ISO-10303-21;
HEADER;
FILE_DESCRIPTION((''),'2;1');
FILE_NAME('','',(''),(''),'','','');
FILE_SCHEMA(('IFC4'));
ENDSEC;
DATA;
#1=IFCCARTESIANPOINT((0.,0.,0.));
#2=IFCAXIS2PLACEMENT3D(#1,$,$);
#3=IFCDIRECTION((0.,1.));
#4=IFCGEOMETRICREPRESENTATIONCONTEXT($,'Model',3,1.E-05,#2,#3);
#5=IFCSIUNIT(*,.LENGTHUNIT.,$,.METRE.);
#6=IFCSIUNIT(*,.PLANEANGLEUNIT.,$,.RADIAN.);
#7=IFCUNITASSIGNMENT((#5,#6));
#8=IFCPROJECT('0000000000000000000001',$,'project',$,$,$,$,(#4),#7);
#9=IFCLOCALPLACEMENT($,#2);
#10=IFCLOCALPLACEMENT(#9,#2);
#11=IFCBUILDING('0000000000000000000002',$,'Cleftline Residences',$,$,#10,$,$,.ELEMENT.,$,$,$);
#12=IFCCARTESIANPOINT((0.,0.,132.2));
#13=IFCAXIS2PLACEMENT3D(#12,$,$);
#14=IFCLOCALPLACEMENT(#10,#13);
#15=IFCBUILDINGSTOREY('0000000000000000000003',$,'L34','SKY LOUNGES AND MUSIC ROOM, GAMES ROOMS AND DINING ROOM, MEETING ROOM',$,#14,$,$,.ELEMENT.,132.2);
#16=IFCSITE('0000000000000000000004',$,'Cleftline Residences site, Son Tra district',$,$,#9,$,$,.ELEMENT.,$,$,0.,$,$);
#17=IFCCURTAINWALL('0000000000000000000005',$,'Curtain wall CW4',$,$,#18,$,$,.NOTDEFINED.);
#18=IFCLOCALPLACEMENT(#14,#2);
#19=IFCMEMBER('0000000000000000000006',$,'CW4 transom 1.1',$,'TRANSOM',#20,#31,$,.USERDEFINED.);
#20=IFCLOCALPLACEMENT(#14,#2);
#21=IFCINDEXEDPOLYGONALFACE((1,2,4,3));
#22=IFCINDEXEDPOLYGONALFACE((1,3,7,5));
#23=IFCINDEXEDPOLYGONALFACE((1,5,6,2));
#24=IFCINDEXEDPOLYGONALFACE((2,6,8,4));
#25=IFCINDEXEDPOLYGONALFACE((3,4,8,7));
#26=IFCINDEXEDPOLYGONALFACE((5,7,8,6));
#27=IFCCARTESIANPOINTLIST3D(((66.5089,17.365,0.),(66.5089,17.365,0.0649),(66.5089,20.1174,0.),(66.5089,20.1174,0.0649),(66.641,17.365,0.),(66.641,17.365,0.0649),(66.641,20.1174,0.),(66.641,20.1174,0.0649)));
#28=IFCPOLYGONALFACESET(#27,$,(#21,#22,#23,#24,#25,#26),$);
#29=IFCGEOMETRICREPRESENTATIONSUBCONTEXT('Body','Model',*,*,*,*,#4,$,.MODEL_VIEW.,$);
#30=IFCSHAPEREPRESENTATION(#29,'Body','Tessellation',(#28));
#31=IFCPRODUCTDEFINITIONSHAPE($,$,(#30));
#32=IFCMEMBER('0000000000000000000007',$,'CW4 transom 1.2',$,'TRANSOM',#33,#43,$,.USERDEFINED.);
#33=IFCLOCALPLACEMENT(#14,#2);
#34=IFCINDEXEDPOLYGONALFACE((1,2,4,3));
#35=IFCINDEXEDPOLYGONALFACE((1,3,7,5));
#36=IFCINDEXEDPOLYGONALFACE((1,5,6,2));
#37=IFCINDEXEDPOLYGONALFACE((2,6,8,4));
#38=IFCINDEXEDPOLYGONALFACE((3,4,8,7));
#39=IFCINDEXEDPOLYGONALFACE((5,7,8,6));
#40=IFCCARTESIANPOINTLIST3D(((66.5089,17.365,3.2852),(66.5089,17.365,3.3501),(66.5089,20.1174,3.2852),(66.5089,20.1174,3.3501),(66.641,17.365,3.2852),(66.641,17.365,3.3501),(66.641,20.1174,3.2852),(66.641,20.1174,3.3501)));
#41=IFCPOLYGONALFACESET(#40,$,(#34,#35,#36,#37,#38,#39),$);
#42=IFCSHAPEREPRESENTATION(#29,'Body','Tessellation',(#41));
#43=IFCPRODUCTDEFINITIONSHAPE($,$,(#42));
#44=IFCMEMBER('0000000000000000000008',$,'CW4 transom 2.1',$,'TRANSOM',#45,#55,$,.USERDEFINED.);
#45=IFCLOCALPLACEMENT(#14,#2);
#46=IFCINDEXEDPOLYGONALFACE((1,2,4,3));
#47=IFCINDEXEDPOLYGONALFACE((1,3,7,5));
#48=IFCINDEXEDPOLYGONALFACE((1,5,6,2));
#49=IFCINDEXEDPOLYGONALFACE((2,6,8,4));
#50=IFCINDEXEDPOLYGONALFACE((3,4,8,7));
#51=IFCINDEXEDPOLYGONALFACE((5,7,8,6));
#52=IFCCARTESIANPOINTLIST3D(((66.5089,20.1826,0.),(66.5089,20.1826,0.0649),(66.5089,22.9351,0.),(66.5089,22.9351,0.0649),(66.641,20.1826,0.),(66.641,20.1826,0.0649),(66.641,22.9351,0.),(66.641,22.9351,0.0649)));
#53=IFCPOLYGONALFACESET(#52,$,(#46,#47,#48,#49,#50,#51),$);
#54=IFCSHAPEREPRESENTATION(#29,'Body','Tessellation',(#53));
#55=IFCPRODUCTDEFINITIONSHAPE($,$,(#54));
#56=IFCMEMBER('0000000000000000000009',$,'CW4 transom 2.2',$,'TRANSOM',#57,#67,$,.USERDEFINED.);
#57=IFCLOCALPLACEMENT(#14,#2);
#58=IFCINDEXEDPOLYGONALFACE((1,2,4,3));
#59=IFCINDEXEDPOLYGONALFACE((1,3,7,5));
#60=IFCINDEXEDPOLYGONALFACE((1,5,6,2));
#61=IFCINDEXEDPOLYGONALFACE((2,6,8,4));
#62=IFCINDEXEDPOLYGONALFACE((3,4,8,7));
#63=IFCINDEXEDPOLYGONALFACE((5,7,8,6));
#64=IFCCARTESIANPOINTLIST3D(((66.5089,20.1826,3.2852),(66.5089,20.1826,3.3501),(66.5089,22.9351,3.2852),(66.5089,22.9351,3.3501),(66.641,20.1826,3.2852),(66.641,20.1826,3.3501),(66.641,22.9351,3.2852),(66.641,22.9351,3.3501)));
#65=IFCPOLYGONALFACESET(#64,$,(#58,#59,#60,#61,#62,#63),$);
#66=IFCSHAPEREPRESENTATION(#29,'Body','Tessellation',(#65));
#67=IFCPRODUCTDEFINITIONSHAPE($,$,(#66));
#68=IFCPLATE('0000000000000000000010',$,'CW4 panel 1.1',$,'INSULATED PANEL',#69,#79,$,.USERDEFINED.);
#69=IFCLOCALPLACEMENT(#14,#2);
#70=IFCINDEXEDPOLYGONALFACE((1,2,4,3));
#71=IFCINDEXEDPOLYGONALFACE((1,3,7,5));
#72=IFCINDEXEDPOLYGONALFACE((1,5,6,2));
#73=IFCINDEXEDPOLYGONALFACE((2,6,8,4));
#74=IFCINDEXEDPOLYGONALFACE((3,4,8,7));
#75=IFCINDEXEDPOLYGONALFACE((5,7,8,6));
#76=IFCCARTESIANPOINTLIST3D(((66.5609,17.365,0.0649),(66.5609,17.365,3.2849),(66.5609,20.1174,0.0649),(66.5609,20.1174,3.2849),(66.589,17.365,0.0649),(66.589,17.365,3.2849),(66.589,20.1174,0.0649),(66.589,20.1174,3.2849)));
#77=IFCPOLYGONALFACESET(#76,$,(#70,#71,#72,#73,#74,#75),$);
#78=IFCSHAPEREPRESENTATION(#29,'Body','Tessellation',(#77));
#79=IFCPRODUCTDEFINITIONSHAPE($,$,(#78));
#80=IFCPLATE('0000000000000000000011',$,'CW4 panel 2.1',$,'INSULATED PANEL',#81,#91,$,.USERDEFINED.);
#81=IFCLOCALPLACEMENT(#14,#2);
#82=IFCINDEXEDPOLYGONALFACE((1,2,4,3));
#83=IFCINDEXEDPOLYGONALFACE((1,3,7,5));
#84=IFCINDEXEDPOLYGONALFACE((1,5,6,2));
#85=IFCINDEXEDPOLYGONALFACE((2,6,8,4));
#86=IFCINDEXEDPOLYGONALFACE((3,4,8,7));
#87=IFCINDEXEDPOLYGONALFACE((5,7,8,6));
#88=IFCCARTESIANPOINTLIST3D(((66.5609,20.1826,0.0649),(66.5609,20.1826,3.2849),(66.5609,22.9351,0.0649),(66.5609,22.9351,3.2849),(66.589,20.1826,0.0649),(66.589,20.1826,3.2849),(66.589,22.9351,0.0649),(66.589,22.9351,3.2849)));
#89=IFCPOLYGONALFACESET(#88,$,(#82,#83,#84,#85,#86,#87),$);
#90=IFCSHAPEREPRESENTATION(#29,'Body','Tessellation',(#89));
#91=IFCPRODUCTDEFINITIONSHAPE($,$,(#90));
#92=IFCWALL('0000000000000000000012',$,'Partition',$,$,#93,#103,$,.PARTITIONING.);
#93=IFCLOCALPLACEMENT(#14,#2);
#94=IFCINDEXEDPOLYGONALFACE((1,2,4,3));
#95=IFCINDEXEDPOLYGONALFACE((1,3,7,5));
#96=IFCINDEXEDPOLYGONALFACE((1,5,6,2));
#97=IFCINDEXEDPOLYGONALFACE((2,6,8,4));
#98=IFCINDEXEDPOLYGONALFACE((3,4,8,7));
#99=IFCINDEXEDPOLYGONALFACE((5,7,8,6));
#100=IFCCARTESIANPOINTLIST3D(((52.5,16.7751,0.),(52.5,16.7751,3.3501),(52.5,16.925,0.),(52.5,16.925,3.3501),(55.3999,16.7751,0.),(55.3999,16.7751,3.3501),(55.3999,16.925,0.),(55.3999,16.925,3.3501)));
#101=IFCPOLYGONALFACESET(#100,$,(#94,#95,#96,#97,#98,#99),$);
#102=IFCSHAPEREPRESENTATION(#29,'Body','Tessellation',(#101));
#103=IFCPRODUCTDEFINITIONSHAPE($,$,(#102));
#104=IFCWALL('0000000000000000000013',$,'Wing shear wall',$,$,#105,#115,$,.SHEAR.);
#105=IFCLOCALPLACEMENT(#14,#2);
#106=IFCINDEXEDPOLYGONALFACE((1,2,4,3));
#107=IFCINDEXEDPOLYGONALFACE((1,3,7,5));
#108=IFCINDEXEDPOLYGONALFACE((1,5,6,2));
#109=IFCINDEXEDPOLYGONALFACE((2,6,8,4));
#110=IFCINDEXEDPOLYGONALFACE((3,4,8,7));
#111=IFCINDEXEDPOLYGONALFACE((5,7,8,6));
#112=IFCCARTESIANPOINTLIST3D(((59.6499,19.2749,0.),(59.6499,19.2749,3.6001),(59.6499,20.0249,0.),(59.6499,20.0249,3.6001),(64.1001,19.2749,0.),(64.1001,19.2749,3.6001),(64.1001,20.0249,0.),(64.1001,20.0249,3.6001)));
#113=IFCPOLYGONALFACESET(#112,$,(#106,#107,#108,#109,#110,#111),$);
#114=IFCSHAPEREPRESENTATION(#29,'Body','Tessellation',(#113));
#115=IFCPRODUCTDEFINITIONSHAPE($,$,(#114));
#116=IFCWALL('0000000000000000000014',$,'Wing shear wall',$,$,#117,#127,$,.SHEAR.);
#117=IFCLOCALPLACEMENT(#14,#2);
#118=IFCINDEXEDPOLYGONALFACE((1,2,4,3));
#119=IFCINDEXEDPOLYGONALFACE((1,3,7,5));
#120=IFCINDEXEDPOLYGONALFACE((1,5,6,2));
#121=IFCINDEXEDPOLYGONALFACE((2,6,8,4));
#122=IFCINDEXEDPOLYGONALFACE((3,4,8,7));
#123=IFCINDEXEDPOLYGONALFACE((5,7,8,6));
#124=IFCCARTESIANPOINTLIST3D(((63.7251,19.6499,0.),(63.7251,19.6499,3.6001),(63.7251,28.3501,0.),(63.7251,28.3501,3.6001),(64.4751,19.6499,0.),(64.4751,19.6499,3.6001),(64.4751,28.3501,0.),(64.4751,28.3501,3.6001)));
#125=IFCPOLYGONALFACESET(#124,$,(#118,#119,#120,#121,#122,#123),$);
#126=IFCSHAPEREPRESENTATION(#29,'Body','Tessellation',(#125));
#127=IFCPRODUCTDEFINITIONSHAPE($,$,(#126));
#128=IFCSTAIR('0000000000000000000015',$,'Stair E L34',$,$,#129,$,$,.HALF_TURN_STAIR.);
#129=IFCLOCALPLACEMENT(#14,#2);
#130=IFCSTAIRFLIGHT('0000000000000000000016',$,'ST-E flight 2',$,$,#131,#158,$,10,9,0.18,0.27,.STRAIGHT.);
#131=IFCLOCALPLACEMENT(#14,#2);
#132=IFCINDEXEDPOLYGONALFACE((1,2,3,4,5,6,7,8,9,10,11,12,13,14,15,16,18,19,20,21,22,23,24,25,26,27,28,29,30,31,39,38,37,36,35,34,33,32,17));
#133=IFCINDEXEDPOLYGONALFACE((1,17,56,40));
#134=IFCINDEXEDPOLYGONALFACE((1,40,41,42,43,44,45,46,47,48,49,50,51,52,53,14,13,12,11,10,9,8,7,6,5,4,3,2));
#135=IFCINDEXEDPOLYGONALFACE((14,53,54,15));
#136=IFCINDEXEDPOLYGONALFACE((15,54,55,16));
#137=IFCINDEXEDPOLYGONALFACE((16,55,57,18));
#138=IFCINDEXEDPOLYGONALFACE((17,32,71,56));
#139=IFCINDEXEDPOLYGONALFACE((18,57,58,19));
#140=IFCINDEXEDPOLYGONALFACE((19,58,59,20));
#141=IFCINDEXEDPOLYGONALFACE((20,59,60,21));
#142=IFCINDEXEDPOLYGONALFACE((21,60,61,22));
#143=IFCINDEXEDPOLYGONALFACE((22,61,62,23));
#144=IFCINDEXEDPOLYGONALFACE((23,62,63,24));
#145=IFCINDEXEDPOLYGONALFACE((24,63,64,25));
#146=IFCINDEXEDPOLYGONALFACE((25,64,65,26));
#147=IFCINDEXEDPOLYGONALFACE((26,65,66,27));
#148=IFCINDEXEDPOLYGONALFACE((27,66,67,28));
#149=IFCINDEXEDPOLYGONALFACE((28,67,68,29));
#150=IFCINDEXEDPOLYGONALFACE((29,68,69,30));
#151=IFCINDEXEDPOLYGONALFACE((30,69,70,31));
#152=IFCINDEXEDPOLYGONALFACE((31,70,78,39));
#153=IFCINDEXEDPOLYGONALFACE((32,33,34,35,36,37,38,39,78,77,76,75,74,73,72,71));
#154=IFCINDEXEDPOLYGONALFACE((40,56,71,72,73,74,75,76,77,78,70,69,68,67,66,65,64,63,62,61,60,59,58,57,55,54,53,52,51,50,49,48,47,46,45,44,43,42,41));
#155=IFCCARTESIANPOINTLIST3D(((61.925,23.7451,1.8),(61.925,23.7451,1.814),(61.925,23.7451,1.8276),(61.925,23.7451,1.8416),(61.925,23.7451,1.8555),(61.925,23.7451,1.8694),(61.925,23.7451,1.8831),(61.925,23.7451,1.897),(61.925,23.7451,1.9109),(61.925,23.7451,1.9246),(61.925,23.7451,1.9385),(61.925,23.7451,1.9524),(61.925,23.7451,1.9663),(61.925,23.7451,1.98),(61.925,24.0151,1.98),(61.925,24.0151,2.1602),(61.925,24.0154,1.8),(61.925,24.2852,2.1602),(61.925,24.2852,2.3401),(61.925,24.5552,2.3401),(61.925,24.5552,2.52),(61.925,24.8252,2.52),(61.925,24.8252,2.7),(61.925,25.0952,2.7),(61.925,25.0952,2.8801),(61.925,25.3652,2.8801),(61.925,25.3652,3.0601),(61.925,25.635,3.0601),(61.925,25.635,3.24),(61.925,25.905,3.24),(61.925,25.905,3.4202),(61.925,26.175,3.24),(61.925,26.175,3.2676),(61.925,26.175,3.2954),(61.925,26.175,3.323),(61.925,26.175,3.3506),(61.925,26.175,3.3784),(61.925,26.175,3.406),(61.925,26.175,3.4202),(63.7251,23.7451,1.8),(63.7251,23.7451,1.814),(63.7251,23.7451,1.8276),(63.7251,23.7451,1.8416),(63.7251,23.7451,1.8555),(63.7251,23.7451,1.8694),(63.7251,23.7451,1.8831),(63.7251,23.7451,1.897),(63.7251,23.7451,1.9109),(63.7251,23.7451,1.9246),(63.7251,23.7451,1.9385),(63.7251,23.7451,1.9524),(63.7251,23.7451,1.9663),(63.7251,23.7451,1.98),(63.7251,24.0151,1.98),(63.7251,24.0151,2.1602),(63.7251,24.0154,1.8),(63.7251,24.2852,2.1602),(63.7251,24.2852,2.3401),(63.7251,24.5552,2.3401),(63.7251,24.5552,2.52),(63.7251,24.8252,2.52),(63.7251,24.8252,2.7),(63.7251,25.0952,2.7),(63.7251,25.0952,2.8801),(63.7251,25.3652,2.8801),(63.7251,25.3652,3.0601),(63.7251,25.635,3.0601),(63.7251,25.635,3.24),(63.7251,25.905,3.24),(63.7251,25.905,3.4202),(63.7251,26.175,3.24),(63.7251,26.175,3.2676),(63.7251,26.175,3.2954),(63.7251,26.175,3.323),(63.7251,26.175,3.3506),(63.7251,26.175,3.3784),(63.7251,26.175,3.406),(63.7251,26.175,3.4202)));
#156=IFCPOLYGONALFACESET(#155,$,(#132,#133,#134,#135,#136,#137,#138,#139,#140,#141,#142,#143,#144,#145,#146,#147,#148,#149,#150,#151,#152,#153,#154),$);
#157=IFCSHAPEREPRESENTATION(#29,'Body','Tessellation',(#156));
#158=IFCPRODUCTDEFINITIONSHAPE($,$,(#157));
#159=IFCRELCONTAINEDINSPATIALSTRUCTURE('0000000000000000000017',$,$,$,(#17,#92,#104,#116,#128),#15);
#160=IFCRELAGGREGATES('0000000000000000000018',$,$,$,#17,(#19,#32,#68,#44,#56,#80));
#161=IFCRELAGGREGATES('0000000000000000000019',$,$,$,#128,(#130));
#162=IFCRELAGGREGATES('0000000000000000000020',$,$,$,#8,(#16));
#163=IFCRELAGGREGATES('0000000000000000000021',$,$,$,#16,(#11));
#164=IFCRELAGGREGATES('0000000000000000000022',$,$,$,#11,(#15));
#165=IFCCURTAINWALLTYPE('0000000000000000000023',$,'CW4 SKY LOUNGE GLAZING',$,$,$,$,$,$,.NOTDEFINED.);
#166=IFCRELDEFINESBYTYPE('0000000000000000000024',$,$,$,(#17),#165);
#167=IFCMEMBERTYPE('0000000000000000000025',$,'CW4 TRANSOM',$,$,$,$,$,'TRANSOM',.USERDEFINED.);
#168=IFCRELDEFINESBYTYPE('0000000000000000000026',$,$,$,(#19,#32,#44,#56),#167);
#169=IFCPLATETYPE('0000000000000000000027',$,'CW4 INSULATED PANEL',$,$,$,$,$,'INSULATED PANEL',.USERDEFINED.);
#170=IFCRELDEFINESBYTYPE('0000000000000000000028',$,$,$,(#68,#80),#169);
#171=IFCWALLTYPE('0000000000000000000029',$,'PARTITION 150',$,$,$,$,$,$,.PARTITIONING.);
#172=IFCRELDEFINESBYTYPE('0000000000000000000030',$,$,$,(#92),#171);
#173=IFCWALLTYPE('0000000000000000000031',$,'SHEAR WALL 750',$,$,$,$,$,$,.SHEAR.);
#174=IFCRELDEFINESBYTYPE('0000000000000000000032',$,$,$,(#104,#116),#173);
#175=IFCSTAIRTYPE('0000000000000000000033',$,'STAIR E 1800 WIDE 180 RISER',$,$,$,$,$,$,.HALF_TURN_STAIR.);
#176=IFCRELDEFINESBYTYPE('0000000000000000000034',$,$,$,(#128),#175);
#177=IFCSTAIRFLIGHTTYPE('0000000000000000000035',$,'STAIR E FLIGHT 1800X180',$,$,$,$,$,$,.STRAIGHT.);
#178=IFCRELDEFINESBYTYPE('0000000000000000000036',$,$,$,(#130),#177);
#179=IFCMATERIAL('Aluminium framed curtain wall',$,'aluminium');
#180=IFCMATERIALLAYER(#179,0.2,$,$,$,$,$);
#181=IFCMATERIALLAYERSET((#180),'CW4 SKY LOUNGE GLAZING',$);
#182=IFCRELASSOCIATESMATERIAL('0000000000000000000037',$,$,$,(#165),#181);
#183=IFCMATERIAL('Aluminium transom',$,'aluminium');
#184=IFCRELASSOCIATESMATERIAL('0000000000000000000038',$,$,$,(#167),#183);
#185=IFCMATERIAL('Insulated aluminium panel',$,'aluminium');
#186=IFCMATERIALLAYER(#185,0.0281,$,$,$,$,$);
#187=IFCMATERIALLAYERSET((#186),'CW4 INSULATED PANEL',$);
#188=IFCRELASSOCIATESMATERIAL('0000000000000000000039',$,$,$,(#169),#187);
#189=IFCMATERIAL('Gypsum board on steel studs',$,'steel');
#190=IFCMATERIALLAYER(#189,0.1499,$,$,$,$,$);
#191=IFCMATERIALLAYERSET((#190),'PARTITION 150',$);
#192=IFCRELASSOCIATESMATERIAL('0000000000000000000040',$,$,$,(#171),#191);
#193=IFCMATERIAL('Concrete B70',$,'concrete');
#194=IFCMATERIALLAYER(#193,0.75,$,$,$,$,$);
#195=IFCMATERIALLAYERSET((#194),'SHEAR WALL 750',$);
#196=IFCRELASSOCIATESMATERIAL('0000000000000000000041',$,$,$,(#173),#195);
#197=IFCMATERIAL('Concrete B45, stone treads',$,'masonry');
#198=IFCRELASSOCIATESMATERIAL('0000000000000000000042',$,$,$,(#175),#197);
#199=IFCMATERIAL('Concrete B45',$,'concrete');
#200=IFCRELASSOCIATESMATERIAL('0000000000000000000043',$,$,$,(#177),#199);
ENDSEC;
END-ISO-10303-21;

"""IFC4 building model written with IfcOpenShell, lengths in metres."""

from ifc_helpers import new_model, si_unit, direction, frame, frame_2d, origin, origin_2d, place, context, subcontext, project, spatial, polyline, rectangle, outline, extrude, material, layer, layer_set, material_profile, profile_set, type_object, element, aggregate, save


model = new_model("IFC4")

# Units and contexts
model_context = context("Model", 3, precision=1e-05, world=origin(), true_north=direction((0.0, 1.0)))
body_context = subcontext(model_context, "Body", "Model", "MODEL_VIEW")
ifc_project = project(units=[si_unit("LENGTHUNIT", "METRE"), si_unit("PLANEANGLEUNIT", "RADIAN")], contexts=[model_context])

# Site, building, storey
site_placement = place(None, origin())
site = spatial("IfcSite", under=ifc_project, at=site_placement, Name="Cleftline Residences site, Son Tra district", CompositionType="ELEMENT", RefElevation=0.0)
building_placement = place(site_placement, origin())
building = spatial("IfcBuilding", under=site, at=building_placement, Name="Cleftline Residences", CompositionType="ELEMENT")
storey_placement = place(building_placement, frame((0.0, 0.0, 132.2)))
storey = spatial("IfcBuildingStorey", under=building, at=storey_placement, Name="L34", Description="SKY LOUNGES AND MUSIC ROOM, GAMES ROOMS AND DINING ROOM, MEETING ROOM", CompositionType="ELEMENT", Elevation=132.2)

# Shared definitions
ifc_material_1 = material(Name="Aluminium framed curtain wall", Category="aluminium")
ifc_layer_1 = layer(ifc_material_1, 0.2)
ifc_layer_set_1 = layer_set([ifc_layer_1], Name="CW4 SKY LOUNGE GLAZING")
curtain_wall_type = type_object("IfcCurtainWallType", Name="CW4 SKY LOUNGE GLAZING", PredefinedType="NOTDEFINED", material=ifc_layer_set_1)

# Curtain wall, members, plates
curtain_wall_1_placement = place(storey_placement, origin())
curtain_wall_1 = element("IfcCurtainWall", 1, at=curtain_wall_1_placement, inside=storey, type_object=curtain_wall_type, Name="Curtain wall CW4", PredefinedType="NOTDEFINED")
ifc_material_2 = material(Name="Aluminium transom", Category="aluminium")
ifc_material_profile_1 = material_profile(ifc_material_2, rectangle(XDim=0.1321, YDim=0.0649, at=origin_2d()))
ifc_profile_set_1 = profile_set([ifc_material_profile_1], Name="Aluminium transom")
member_type_1 = type_object("IfcMemberType", Name="CW4 TRANSOM", ElementType="TRANSOM", PredefinedType="USERDEFINED", material=ifc_profile_set_1)
member_1_placement = place(storey_placement, frame((66.575, 17.365, 0.0325), z_axis=(0.0, 1.0, 0.0), x_axis=(-1.0, 0.0, 0.0)))
member_1 = element("IfcMember", 2, at=member_1_placement, type_object=member_type_1, Name="CW4 transom 1.1", ObjectType="TRANSOM", PredefinedType="USERDEFINED", context=body_context, shape_type="SweptSolid", body=[
    extrude(rectangle(XDim=0.1321, YDim=0.0649, at=origin_2d()), origin(), (0.0, 0.0, 1.0), 2.7524),
])
member_2_placement = place(storey_placement, frame((66.575, 17.365, 3.3176), z_axis=(0.0, 1.0, 0.0), x_axis=(-1.0, 0.0, 0.0)))
member_2 = element("IfcMember", 3, at=member_2_placement, type_object=member_type_1, Name="CW4 transom 1.2", ObjectType="TRANSOM", PredefinedType="USERDEFINED", context=body_context, shape_type="SweptSolid", body=[
    extrude(rectangle(XDim=0.1321, YDim=0.0649, at=origin_2d()), origin(), (0.0, 0.0, 1.0), 2.7524),
])
member_3_placement = place(storey_placement, frame((66.575, 20.1826, 0.0325), z_axis=(0.0, 1.0, 0.0), x_axis=(-1.0, 0.0, 0.0)))
member_3 = element("IfcMember", 4, at=member_3_placement, type_object=member_type_1, Name="CW4 transom 2.1", ObjectType="TRANSOM", PredefinedType="USERDEFINED", context=body_context, shape_type="SweptSolid", body=[
    extrude(rectangle(XDim=0.1321, YDim=0.0649, at=origin_2d()), origin(), (0.0, 0.0, 1.0), 2.7524),
])
member_4_placement = place(storey_placement, frame((66.575, 20.1826, 3.3176), z_axis=(0.0, 1.0, 0.0), x_axis=(-1.0, 0.0, 0.0)))
member_4 = element("IfcMember", 5, at=member_4_placement, type_object=member_type_1, Name="CW4 transom 2.2", ObjectType="TRANSOM", PredefinedType="USERDEFINED", context=body_context, shape_type="SweptSolid", body=[
    extrude(rectangle(XDim=0.1321, YDim=0.0649, at=origin_2d()), origin(), (0.0, 0.0, 1.0), 2.7524),
])
ifc_material_3 = material(Name="Insulated aluminium panel", Category="aluminium")
ifc_layer_2 = layer(ifc_material_3, 0.0281)
ifc_layer_set_2 = layer_set([ifc_layer_2], Name="CW4 INSULATED PANEL")
plate_type = type_object("IfcPlateType", Name="CW4 INSULATED PANEL", ElementType="INSULATED PANEL", PredefinedType="USERDEFINED", material=ifc_layer_set_2)
plate_1_placement = place(storey_placement, frame((66.575, 18.7412, 0.0649), z_axis=(0.0, 0.0, 1.0), x_axis=(0.0, 1.0, 0.0)))
plate_1 = element("IfcPlate", 6, at=plate_1_placement, type_object=plate_type, Name="CW4 panel 1.1", ObjectType="INSULATED PANEL", PredefinedType="USERDEFINED", context=body_context, shape_type="SweptSolid", body=[
    extrude(rectangle(XDim=2.7524, YDim=0.0281, at=origin_2d()), origin(), (0.0, 0.0, 1.0), 3.22),
])
plate_2_placement = place(storey_placement, frame((66.575, 21.5588, 0.0649), z_axis=(0.0, 0.0, 1.0), x_axis=(0.0, 1.0, 0.0)))
plate_2 = element("IfcPlate", 7, at=plate_2_placement, type_object=plate_type, Name="CW4 panel 2.1", ObjectType="INSULATED PANEL", PredefinedType="USERDEFINED", context=body_context, shape_type="SweptSolid", body=[
    extrude(rectangle(XDim=2.7524, YDim=0.0281, at=origin_2d()), origin(), (0.0, 0.0, 1.0), 3.22),
])
aggregate(curtain_wall_1, [member_1, member_2, plate_1, member_3, member_4, plate_2])

# Walls
ifc_material_4 = material(Name="Gypsum board on steel studs", Category="steel")
ifc_layer_3 = layer(ifc_material_4, 0.1499)
ifc_layer_set_3 = layer_set([ifc_layer_3], Name="PARTITION 150")
wall_type_1 = type_object("IfcWallType", Name="PARTITION 150", PredefinedType="PARTITIONING", material=ifc_layer_set_3)
wall_1_placement = place(storey_placement, frame((52.5, 16.8501, 0.0), z_axis=(0.0, 0.0, 1.0), x_axis=(1.0, 0.0, 0.0)))
element("IfcWall", 8, at=wall_1_placement, inside=storey, type_object=wall_type_1, Name="Partition", PredefinedType="PARTITIONING", context=body_context, shape_type="SweptSolid", body=[
    extrude(rectangle(XDim=2.8999, YDim=0.1499, at=frame_2d((1.45, 0.0))), origin(), (0.0, 0.0, 1.0), 3.3501),
])
ifc_material_5 = material(Name="Concrete B70", Category="concrete")
ifc_layer_4 = layer(ifc_material_5, 0.75)
ifc_layer_set_4 = layer_set([ifc_layer_4], Name="SHEAR WALL 750")
wall_type_2 = type_object("IfcWallType", Name="SHEAR WALL 750", PredefinedType="SHEAR", material=ifc_layer_set_4)
wall_2_placement = place(storey_placement, frame((59.6499, 19.6499, 0.0), z_axis=(0.0, 0.0, 1.0), x_axis=(1.0, 0.0, 0.0)))
element("IfcWall", 9, at=wall_2_placement, inside=storey, type_object=wall_type_2, Name="Wing shear wall", PredefinedType="SHEAR", context=body_context, shape_type="SweptSolid", body=[
    extrude(rectangle(XDim=4.4502, YDim=0.75, at=frame_2d((2.2251, 0.0))), origin(), (0.0, 0.0, 1.0), 3.6001),
])
wall_3_placement = place(storey_placement, frame((64.1001, 19.6499, 0.0), z_axis=(0.0, 0.0, 1.0), x_axis=(0.0, 1.0, 0.0)))
element("IfcWall", 10, at=wall_3_placement, inside=storey, type_object=wall_type_2, Name="Wing shear wall", PredefinedType="SHEAR", context=body_context, shape_type="SweptSolid", body=[
    extrude(rectangle(XDim=8.7002, YDim=0.75, at=frame_2d((4.3501, 0.0))), origin(), (0.0, 0.0, 1.0), 3.6001),
])

# Stair, stair flight
ifc_material_6 = material(Name="Concrete B45, stone treads", Category="masonry")
stair_type = type_object("IfcStairType", Name="STAIR E 1800 WIDE 180 RISER", PredefinedType="HALF_TURN_STAIR", material=ifc_material_6)
stair_placement = place(storey_placement, origin())
stair = element("IfcStair", 11, at=stair_placement, inside=storey, type_object=stair_type, Name="Stair E L34", PredefinedType="HALF_TURN_STAIR")
ifc_material_7 = material(Name="Concrete B45", Category="concrete")
stair_flight_type = type_object("IfcStairFlightType", Name="STAIR E FLIGHT 1800X180", PredefinedType="STRAIGHT", material=ifc_material_7)
stair_flight_placement = place(storey_placement, frame((62.825, 23.7451, 1.8), z_axis=(0.0, 0.0, 1.0), x_axis=(0.0, 1.0, 0.0)))
stair_flight = element("IfcStairFlight", 12, at=stair_flight_placement, type_object=stair_flight_type, Name="ST-E flight 2", NumberOfRisers=10, NumberOfTreads=9, PredefinedType="STRAIGHT", RiserHeight=0.18, TreadLength=0.27, context=body_context, shape_type="SweptSolid", body=[
    extrude(outline(polyline([(0.0, 0.0), (0.0, 0.0139), (0.0, 0.0276), (0.0, 0.0415), (0.0, 0.0554), (0.0, 0.0693), (0.0, 0.083), (0.0, 0.0969), (0.0, 0.1108), (0.0, 0.1245), (0.0, 0.1384), (0.0, 0.1523), (0.0, 0.1663), (0.0, 0.1799), (0.27, 0.1799), (0.27, 0.3601), (0.54, 0.3601), (0.54, 0.54), (0.8101, 0.54), (0.8101, 0.72), (1.0801, 0.72), (1.0801, 0.8999), (1.3501, 0.8999), (1.3501, 1.0801), (1.6201, 1.0801), (1.6201, 1.26), (1.8899, 1.26), (1.8899, 1.4399), (2.1599, 1.4399), (2.1599, 1.6201), (2.4299, 1.6201), (2.4299, 1.8), (2.4299, 1.7722), (2.4299, 1.7446), (2.4299, 1.7168), (2.4299, 1.6892), (2.4299, 1.6614), (2.4299, 1.6338), (2.4299, 1.606), (2.4299, 1.5784), (2.4299, 1.5505), (2.4299, 1.5229), (2.4299, 1.4954), (2.4299, 1.4675), (2.4299, 1.4399), (0.2703, 0.0), (0.0, 0.0)])), frame((0.0, 0.8999, 0.0), z_axis=(0.0, -1.0, 0.0), x_axis=(1.0, 0.0, 0.0)), (0.0, 0.0, 1.0), 1.8),
])
aggregate(stair, [stair_flight])

save(model, "model.ifc")
